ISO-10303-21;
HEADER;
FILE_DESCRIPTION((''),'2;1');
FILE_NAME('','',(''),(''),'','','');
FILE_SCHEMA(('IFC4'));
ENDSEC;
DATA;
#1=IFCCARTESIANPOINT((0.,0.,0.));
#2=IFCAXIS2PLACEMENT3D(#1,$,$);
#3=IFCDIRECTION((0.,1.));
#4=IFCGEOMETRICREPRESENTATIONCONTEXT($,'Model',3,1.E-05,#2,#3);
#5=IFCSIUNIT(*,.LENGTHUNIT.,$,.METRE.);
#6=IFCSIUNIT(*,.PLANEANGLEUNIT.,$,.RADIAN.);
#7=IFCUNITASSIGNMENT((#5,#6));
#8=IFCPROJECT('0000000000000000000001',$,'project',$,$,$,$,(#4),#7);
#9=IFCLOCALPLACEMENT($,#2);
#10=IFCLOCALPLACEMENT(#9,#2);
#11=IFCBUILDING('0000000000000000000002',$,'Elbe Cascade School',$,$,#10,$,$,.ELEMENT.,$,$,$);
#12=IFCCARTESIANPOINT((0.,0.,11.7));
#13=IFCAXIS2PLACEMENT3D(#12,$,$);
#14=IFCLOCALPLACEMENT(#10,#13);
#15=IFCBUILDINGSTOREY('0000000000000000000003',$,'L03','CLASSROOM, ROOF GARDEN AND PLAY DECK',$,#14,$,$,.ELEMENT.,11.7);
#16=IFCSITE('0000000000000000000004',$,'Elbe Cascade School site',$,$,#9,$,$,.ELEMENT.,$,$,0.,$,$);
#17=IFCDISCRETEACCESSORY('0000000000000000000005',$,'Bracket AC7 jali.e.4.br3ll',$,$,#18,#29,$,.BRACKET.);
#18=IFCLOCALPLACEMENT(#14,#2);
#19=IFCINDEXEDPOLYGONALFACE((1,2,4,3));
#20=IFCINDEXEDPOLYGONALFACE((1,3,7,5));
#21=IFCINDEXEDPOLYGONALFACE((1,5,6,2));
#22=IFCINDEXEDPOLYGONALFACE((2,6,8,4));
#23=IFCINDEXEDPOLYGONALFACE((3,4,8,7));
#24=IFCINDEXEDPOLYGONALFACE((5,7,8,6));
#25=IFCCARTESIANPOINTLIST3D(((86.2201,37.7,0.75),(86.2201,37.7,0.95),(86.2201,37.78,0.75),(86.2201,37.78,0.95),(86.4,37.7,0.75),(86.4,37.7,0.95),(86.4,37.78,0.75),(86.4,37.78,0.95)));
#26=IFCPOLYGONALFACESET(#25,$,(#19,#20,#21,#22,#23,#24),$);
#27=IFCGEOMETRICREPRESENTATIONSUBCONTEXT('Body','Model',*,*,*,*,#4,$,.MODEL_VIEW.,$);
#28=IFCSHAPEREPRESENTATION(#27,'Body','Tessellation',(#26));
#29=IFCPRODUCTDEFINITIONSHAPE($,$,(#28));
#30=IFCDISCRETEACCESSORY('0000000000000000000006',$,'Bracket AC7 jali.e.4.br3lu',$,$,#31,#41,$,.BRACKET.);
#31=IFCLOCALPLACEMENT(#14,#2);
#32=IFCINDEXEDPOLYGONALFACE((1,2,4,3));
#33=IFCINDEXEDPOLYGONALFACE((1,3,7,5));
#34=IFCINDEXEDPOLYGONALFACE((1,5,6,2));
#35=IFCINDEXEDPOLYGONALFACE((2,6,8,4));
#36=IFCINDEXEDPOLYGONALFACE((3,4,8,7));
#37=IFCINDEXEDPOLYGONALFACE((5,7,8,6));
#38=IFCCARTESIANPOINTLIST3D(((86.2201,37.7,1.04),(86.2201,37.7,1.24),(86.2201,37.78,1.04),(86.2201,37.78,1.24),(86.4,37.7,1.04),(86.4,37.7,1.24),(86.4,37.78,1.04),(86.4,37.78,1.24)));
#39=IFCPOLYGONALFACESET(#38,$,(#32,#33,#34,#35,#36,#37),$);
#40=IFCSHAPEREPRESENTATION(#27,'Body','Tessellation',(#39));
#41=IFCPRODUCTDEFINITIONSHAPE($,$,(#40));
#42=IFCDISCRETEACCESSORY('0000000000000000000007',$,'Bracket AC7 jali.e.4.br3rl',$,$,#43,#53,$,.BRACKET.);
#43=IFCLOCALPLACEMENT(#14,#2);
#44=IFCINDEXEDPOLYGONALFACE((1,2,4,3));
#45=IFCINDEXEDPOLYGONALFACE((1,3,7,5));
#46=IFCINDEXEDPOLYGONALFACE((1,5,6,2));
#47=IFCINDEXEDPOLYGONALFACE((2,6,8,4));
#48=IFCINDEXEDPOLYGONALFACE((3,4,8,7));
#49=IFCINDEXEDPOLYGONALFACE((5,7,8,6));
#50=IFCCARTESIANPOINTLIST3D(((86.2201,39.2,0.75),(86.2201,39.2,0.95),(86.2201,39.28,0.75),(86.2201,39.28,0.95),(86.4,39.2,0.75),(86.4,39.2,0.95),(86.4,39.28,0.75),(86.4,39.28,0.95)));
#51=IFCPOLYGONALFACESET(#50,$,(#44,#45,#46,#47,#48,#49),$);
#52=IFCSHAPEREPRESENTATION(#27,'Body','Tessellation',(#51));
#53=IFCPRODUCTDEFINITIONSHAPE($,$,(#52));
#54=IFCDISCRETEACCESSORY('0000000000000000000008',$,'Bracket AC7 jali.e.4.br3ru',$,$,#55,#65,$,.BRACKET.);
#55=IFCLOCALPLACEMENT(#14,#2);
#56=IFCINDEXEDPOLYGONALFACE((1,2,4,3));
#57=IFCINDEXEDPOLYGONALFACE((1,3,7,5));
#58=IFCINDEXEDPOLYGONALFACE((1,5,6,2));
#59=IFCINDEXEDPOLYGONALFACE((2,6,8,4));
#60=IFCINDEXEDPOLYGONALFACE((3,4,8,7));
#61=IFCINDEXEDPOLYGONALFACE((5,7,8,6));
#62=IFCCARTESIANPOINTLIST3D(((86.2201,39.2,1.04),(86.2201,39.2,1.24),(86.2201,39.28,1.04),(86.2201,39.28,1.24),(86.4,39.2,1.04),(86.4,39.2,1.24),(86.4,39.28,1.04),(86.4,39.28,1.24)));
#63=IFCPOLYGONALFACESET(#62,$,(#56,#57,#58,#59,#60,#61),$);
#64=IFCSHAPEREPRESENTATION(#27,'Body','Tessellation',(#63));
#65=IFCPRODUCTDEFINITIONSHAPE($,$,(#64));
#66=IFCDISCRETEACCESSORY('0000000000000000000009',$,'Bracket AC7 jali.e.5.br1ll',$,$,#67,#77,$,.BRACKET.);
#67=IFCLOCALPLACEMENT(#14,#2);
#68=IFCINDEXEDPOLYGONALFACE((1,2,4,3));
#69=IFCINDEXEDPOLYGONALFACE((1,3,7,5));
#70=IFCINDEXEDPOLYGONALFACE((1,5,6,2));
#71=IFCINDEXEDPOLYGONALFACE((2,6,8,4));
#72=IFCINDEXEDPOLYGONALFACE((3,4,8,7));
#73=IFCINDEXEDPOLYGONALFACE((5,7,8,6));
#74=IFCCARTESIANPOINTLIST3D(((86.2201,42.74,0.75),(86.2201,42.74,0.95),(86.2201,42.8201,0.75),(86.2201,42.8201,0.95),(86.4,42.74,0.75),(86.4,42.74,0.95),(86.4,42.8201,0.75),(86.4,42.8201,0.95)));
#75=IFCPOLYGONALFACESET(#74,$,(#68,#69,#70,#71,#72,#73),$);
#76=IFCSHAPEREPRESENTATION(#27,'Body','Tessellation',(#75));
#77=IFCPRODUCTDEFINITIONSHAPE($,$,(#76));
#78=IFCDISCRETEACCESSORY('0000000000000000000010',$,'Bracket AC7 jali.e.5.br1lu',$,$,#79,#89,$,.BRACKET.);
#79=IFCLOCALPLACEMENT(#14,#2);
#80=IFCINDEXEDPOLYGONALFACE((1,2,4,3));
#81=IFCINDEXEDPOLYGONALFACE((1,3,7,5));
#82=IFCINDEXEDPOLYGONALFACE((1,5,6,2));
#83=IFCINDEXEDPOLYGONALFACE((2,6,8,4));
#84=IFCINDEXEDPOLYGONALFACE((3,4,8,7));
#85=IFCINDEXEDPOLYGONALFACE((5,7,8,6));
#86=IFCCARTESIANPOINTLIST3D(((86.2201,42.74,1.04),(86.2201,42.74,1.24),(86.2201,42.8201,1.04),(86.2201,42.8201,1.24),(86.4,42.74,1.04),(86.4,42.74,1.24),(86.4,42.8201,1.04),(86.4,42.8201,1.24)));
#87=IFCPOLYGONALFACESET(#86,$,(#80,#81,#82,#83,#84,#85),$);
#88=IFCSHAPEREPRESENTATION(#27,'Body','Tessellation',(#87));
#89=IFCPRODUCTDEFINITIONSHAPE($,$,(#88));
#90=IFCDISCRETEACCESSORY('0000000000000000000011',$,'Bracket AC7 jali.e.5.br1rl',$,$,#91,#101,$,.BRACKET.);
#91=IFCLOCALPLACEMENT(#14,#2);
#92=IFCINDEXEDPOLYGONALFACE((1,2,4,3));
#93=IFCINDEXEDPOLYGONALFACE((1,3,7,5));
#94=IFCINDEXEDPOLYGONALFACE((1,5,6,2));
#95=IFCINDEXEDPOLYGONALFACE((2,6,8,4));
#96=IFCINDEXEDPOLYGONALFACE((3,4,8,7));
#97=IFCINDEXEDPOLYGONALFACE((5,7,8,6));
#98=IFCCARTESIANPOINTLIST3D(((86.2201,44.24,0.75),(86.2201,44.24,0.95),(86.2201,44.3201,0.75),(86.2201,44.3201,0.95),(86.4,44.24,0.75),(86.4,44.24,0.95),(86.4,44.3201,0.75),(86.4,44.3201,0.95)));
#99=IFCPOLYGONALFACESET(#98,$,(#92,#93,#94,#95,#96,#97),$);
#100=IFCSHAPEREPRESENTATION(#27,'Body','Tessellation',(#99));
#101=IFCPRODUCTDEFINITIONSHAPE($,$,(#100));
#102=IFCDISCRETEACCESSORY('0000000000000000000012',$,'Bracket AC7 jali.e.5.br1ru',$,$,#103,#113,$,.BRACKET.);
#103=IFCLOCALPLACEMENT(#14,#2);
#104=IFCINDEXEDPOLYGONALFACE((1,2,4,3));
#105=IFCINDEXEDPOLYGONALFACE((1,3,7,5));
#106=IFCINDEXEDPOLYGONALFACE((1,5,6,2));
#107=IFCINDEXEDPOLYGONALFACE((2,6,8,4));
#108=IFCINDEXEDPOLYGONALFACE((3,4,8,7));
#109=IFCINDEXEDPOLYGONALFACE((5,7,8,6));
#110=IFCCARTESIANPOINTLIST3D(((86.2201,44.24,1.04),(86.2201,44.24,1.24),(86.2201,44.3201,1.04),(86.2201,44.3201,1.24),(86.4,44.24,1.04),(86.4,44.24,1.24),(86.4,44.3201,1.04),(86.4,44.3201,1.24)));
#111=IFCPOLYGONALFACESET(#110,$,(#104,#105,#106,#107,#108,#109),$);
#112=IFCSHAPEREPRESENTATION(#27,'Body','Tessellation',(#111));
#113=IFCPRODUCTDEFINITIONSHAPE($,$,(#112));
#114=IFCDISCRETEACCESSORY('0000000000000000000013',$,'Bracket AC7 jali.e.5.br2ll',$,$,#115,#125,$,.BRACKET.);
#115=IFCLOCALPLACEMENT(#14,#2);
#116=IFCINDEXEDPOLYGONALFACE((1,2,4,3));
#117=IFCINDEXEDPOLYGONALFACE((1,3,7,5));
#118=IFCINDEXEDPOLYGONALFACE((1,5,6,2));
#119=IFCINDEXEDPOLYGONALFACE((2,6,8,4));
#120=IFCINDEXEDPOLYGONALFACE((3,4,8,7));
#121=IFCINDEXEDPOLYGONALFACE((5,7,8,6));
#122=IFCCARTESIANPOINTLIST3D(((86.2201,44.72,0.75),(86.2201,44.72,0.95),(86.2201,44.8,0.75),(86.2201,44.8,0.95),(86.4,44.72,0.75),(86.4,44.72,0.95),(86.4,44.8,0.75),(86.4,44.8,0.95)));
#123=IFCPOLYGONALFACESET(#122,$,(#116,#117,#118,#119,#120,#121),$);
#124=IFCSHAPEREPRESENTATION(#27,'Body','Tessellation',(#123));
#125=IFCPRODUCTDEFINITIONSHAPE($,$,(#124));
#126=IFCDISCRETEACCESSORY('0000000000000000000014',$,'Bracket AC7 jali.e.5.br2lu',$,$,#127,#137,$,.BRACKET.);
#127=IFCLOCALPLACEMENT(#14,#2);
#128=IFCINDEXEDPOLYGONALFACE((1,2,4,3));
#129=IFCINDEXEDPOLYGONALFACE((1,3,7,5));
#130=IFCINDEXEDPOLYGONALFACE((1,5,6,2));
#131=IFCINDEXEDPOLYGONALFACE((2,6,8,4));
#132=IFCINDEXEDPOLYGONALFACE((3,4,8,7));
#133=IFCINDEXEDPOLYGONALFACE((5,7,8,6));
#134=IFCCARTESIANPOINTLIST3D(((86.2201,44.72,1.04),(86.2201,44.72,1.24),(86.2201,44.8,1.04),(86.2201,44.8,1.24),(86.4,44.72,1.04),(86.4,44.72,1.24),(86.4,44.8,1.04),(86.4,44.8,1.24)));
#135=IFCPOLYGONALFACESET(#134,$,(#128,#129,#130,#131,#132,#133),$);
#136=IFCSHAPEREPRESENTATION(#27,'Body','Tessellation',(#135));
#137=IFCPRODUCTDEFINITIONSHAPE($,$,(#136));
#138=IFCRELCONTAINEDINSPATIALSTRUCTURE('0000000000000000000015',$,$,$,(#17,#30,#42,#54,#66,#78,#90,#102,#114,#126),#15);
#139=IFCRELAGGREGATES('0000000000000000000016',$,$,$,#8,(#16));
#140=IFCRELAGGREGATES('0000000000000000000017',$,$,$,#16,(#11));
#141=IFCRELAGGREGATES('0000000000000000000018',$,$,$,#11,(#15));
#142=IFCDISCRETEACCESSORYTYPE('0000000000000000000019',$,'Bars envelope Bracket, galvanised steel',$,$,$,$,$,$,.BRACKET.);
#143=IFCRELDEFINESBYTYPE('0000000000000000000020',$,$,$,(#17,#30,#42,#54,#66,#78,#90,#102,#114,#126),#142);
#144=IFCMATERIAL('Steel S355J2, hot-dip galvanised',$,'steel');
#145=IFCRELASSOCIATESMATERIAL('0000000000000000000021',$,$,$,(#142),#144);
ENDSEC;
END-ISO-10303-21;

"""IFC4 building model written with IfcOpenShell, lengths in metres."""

from ifc_helpers import new_model, si_unit, direction, frame, origin, origin_2d, place, context, subcontext, project, spatial, rectangle, extrude, material, type_object, element, save


model = new_model("IFC4")

# Units and contexts
model_context = context("Model", 3, precision=1e-05, world=origin(), true_north=direction((0.0, 1.0)))
body_context = subcontext(model_context, "Body", "Model", "MODEL_VIEW")
ifc_project = project(units=[si_unit("LENGTHUNIT", "METRE"), si_unit("PLANEANGLEUNIT", "RADIAN")], contexts=[model_context])

# Site, building, storey
site_placement = place(None, origin())
site = spatial("IfcSite", under=ifc_project, at=site_placement, Name="Elbe Cascade School site", CompositionType="ELEMENT", RefElevation=0.0)
building_placement = place(site_placement, origin())
building = spatial("IfcBuilding", under=site, at=building_placement, Name="Elbe Cascade School", CompositionType="ELEMENT")
storey_placement = place(building_placement, frame((0.0, 0.0, 11.7)))
storey = spatial("IfcBuildingStorey", under=building, at=storey_placement, Name="L03", Description="CLASSROOM, ROOF GARDEN AND PLAY DECK", CompositionType="ELEMENT", Elevation=11.7)

# Discrete accessories
ifc_material_1 = material(Name="Steel S355J2, hot-dip galvanised", Category="steel")
discrete_accessory_type = type_object("IfcDiscreteAccessoryType", Name="Bars envelope Bracket, galvanised steel", PredefinedType="BRACKET", material=ifc_material_1)
for number, where, z_axis, x_axis, name in (
    (1, (86.3101, 37.74, 0.75), (0.0, 0.0, 1.0), (0.0, 1.0, 0.0), "Bracket AC7 jali.e.4.br3ll"),
    (2, (86.3101, 37.74, 1.04), (0.0, 0.0, 1.0), (0.0, 1.0, 0.0), "Bracket AC7 jali.e.4.br3lu"),
    (3, (86.3101, 39.24, 0.75), (0.0, 0.0, 1.0), (0.0, 1.0, 0.0), "Bracket AC7 jali.e.4.br3rl"),
    (4, (86.3101, 39.24, 1.04), (0.0, 0.0, 1.0), (0.0, 1.0, 0.0), "Bracket AC7 jali.e.4.br3ru"),
    (5, (86.3101, 42.78, 0.75), (0.0, 0.0, 1.0), (0.0, 1.0, 0.0), "Bracket AC7 jali.e.5.br1ll"),
    (6, (86.3101, 42.78, 1.04), (0.0, 0.0, 1.0), (0.0, 1.0, 0.0), "Bracket AC7 jali.e.5.br1lu"),
    (7, (86.3101, 44.28, 0.75), (0.0, 0.0, 1.0), (0.0, 1.0, 0.0), "Bracket AC7 jali.e.5.br1rl"),
    (8, (86.3101, 44.28, 1.04), (0.0, 0.0, 1.0), (0.0, 1.0, 0.0), "Bracket AC7 jali.e.5.br1ru"),
    (9, (86.3101, 44.76, 0.75), (0.0, 0.0, 1.0), (0.0, 1.0, 0.0), "Bracket AC7 jali.e.5.br2ll"),
    (10, (86.3101, 44.76, 1.04), (0.0, 0.0, 1.0), (0.0, 1.0, 0.0), "Bracket AC7 jali.e.5.br2lu"),
):
    element("IfcDiscreteAccessory", number, at=place(storey_placement, frame(where, z_axis=z_axis, x_axis=x_axis)), inside=storey, type_object=discrete_accessory_type, Name=name, PredefinedType="BRACKET", context=body_context, shape_type="SweptSolid", body=[
        extrude(rectangle(XDim=0.0801, YDim=0.1799, at=origin_2d()), origin(), (0.0, 0.0, 1.0), 0.2),
    ])

save(model, "model.ifc")
